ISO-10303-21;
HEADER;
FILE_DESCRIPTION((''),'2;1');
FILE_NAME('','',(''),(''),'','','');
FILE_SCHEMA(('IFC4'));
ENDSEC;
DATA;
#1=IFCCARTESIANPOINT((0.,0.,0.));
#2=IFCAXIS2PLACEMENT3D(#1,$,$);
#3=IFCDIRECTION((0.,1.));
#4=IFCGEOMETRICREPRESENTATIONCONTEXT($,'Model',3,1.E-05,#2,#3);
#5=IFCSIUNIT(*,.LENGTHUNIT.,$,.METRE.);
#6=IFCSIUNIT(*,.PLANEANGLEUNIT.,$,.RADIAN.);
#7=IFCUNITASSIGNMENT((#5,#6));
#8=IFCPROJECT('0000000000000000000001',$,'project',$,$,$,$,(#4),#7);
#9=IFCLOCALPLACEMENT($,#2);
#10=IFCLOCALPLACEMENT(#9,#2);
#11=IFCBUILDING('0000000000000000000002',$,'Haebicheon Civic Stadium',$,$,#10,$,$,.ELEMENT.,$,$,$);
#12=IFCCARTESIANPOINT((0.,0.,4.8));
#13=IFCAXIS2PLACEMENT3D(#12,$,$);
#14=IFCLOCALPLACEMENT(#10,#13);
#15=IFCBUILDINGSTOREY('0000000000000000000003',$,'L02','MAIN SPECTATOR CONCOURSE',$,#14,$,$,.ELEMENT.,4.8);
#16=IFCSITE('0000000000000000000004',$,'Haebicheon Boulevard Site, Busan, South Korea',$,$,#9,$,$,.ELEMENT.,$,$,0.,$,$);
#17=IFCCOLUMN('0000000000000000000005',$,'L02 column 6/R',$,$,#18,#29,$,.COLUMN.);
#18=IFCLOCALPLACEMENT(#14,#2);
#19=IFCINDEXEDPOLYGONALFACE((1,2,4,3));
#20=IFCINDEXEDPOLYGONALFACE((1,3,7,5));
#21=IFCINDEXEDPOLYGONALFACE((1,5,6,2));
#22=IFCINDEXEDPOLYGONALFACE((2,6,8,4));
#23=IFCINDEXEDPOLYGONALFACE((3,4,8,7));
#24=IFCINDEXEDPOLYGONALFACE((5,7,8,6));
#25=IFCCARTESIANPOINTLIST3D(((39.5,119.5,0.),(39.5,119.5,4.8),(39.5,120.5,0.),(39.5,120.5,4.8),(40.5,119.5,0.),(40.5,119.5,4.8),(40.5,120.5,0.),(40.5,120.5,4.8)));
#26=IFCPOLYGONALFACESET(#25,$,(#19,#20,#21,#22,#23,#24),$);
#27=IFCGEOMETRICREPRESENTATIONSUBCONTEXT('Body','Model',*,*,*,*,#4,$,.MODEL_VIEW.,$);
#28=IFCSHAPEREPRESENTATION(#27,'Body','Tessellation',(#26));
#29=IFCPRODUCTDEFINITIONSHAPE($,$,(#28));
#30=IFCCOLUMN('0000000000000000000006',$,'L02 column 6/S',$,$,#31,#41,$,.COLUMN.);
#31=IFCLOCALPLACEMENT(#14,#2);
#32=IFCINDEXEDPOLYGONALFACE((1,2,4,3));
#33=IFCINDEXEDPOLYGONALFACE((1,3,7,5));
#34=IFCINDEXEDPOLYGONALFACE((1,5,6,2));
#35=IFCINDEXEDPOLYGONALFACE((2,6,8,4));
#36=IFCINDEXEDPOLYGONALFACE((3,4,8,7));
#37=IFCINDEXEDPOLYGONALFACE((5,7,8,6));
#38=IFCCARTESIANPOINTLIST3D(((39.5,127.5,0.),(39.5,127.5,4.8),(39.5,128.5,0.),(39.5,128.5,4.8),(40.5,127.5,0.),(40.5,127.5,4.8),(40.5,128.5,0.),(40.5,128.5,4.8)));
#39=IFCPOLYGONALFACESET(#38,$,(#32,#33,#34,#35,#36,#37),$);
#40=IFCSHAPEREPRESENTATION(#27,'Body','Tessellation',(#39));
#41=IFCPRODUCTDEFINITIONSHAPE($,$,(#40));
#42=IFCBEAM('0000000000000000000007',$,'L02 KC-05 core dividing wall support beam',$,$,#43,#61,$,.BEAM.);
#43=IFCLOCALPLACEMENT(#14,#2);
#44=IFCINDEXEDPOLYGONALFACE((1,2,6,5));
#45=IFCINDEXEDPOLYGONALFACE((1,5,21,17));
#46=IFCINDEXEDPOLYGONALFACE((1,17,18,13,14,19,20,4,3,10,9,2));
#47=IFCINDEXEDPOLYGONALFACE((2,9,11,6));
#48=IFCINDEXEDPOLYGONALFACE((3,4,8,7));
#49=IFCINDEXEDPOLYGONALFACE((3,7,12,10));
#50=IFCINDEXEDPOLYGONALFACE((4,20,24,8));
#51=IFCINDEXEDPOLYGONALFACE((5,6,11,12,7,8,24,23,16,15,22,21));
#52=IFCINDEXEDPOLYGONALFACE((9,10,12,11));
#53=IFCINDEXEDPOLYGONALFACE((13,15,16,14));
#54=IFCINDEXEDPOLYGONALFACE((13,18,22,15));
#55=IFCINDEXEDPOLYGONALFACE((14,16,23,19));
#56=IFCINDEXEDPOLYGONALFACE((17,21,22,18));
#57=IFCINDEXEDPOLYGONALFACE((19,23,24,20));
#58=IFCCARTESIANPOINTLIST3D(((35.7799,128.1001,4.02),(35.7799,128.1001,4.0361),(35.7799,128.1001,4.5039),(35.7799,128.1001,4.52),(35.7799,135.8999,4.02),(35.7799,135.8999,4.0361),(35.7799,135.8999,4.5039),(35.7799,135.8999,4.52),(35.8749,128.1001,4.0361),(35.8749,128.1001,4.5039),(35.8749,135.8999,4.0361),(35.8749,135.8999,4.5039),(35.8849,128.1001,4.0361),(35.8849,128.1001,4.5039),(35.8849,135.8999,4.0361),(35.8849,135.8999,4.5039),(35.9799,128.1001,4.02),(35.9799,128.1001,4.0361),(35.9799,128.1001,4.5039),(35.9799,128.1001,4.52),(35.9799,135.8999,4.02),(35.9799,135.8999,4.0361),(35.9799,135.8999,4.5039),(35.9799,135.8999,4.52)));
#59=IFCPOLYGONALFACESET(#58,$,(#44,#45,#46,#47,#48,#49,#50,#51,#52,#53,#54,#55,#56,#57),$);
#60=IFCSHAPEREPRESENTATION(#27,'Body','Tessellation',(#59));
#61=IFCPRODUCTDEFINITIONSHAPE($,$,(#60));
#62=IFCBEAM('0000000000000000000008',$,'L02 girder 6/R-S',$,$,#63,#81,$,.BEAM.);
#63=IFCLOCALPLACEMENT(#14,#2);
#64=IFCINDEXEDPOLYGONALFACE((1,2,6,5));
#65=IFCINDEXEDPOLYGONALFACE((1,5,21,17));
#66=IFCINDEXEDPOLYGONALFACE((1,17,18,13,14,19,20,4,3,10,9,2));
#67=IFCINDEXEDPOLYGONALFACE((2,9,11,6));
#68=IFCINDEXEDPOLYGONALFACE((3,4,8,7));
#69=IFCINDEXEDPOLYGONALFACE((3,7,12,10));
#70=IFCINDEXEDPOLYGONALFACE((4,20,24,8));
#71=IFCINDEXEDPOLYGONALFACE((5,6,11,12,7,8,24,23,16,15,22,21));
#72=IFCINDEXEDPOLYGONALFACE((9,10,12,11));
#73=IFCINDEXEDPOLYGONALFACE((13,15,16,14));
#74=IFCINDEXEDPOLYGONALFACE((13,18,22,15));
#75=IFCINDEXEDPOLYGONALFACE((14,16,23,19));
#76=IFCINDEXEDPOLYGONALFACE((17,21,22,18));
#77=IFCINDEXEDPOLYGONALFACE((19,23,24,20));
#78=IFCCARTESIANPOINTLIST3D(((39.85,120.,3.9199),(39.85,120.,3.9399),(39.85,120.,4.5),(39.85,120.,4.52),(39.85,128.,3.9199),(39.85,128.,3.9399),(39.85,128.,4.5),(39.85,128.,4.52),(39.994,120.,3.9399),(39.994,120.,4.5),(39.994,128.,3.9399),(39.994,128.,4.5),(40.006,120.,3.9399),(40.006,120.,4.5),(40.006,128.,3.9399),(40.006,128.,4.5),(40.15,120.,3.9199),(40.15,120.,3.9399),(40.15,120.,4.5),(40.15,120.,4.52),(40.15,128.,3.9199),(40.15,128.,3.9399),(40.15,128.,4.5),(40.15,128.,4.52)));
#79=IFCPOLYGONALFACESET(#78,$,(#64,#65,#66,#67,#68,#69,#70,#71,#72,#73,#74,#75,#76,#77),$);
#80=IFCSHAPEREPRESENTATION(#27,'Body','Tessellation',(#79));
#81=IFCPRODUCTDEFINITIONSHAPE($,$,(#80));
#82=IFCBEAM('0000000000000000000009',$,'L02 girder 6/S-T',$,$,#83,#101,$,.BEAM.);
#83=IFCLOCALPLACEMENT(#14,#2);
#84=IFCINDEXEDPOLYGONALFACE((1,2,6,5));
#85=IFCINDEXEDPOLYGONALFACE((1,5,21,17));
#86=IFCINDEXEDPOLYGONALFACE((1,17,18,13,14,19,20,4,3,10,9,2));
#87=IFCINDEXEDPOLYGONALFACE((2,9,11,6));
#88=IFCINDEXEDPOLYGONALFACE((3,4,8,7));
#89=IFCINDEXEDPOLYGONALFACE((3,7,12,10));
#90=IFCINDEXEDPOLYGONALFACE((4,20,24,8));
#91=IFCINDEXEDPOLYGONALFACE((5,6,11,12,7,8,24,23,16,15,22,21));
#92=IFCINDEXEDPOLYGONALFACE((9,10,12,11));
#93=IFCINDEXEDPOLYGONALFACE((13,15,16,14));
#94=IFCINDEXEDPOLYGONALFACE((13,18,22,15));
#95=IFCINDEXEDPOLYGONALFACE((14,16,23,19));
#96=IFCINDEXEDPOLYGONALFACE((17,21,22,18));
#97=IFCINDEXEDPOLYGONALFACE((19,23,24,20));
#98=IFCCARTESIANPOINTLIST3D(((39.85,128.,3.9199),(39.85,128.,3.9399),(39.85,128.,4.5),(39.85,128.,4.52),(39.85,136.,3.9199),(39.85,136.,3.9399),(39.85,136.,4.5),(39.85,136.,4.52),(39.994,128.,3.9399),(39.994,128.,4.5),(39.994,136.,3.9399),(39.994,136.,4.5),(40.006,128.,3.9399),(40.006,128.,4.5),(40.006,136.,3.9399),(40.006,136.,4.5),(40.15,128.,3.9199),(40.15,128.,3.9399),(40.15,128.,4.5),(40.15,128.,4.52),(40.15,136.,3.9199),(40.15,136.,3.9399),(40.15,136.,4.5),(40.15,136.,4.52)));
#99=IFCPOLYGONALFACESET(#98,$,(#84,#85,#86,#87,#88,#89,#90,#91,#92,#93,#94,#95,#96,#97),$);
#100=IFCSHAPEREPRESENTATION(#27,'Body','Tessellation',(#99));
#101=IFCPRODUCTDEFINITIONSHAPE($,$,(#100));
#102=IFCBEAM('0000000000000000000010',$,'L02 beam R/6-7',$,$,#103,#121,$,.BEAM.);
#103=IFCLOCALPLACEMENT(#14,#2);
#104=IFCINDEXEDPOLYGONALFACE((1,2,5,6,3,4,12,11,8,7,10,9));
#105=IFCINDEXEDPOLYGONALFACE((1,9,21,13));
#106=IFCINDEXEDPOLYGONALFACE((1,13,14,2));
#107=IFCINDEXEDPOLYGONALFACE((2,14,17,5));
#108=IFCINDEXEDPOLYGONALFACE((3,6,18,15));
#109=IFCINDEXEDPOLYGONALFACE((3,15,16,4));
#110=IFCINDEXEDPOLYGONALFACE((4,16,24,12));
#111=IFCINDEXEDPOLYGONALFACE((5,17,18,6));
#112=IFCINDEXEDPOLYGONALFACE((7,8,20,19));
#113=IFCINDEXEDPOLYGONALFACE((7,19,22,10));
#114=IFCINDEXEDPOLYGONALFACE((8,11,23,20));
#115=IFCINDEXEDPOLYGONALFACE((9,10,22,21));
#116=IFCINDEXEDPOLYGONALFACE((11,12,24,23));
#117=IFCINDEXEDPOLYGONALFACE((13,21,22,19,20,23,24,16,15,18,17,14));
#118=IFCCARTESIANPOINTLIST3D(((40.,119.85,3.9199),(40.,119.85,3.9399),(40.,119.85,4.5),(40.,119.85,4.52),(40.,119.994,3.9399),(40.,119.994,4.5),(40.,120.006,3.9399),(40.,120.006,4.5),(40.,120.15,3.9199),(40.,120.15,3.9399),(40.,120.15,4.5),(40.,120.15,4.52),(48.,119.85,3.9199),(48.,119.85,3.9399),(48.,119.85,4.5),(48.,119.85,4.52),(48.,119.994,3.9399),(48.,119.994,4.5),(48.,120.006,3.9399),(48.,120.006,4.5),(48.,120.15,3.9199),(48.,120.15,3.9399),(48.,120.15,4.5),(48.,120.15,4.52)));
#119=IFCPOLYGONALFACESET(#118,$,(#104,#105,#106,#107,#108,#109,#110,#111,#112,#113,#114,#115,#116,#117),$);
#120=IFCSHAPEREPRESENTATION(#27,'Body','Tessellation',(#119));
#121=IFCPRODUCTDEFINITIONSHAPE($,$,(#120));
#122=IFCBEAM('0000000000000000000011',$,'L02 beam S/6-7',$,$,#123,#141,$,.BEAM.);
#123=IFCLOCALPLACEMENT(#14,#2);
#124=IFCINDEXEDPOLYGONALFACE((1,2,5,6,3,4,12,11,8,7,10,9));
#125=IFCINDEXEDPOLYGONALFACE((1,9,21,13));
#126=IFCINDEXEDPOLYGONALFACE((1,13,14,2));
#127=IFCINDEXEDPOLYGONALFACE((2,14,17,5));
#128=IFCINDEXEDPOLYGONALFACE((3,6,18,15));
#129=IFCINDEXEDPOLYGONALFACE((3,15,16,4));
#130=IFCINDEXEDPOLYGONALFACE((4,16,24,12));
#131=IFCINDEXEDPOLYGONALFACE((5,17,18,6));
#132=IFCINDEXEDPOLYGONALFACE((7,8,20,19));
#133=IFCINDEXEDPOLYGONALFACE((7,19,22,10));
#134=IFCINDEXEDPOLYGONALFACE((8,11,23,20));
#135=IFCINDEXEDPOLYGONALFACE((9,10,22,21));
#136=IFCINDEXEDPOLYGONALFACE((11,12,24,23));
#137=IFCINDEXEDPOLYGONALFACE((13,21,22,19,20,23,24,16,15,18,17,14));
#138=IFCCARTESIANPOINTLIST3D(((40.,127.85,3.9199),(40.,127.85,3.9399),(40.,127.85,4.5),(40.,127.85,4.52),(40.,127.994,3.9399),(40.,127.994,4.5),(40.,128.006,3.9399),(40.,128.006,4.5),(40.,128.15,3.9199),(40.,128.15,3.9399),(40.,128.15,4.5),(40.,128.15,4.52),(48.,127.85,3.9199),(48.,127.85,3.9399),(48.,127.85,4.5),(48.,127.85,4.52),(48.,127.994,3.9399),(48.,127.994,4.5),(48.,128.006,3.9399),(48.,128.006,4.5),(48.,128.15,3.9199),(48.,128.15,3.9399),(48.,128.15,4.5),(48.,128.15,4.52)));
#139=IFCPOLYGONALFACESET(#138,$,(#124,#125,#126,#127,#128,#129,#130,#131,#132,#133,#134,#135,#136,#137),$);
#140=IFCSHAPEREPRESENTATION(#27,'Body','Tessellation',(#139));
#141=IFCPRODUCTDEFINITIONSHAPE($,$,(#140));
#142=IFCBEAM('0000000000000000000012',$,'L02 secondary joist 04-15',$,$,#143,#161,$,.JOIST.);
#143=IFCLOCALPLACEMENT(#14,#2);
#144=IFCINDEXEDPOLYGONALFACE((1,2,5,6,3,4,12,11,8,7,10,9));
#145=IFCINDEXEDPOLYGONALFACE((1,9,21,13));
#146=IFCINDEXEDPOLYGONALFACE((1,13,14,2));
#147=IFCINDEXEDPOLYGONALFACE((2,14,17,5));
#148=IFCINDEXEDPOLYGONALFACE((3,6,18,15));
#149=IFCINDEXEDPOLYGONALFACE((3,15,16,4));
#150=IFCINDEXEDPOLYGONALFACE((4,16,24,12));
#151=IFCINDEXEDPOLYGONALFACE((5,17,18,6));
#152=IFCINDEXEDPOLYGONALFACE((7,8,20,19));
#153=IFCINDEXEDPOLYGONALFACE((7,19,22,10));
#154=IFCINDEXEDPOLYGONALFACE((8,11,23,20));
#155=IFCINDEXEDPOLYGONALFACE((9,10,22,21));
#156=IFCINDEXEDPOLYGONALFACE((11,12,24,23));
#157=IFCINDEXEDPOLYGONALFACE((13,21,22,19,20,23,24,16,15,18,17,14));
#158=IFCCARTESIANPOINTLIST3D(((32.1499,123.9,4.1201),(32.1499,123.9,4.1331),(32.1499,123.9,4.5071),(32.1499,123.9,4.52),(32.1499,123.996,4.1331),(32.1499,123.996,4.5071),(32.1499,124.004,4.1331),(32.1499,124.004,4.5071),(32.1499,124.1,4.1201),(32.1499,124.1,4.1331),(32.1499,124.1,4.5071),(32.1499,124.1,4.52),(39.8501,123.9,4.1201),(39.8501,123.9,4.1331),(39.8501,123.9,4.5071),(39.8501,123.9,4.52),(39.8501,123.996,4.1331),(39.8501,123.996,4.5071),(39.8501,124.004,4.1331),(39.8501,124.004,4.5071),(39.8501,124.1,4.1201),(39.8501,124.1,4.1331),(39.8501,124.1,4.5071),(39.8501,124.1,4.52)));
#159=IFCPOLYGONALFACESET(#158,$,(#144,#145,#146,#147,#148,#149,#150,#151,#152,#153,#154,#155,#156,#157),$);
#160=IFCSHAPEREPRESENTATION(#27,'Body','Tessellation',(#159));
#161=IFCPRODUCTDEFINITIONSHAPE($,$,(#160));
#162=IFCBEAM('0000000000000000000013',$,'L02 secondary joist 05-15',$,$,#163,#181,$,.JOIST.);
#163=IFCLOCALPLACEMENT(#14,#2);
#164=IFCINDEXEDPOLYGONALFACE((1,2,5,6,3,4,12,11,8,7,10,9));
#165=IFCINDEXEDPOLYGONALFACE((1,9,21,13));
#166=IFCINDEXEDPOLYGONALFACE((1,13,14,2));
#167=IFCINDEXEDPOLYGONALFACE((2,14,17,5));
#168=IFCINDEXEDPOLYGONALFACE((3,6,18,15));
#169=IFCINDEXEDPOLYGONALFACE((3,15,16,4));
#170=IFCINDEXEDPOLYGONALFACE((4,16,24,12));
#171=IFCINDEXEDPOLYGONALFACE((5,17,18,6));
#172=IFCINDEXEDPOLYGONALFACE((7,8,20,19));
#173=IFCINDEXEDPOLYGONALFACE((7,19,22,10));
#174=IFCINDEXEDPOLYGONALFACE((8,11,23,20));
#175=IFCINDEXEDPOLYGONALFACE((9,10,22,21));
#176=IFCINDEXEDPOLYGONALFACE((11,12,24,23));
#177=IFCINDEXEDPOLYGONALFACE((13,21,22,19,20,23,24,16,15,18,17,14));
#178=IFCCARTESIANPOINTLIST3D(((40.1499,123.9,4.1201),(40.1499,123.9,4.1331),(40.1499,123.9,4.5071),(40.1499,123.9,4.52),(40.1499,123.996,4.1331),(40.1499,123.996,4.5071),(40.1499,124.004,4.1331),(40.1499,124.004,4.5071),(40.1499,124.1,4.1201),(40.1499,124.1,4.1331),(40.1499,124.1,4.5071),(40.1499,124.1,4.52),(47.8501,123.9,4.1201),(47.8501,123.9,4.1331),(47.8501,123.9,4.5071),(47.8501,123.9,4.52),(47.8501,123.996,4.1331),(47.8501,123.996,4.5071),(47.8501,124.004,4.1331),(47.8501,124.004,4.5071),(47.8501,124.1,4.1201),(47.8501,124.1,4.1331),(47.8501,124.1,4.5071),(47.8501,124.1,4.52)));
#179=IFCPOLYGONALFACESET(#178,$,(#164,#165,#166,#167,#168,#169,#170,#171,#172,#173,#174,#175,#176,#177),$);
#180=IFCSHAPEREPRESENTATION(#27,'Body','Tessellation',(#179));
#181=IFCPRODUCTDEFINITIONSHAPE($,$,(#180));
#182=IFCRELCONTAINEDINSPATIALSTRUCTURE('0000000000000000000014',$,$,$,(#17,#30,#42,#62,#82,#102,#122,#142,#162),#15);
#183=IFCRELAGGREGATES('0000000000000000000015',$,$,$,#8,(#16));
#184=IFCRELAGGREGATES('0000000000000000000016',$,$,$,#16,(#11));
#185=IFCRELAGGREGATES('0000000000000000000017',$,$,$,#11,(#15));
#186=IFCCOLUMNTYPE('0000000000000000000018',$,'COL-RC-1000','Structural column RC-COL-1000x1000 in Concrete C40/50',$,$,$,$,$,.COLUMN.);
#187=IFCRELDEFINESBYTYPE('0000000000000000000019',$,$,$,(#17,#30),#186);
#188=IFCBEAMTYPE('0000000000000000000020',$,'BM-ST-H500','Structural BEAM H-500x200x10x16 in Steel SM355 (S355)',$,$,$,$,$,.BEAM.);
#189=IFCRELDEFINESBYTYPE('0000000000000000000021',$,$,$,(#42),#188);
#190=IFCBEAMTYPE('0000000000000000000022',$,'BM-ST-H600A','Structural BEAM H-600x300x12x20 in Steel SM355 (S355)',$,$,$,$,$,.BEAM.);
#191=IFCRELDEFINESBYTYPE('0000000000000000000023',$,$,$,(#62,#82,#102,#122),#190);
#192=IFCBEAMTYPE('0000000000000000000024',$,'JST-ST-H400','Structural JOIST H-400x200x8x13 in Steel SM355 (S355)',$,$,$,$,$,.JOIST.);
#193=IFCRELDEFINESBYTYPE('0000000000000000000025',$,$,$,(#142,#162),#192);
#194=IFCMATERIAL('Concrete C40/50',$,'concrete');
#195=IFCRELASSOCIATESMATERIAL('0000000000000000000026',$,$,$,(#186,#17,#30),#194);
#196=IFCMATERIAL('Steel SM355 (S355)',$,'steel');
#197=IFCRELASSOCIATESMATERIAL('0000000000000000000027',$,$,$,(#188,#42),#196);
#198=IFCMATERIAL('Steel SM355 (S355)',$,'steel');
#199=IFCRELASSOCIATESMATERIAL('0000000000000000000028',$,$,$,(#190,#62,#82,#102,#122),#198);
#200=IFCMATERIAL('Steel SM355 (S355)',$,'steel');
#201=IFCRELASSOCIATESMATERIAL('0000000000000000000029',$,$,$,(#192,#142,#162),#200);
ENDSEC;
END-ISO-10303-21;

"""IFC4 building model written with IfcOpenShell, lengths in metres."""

from ifc_helpers import new_model, si_unit, direction, frame, origin, origin_2d, place, context, subcontext, project, spatial, rectangle, i_section, extrude, material, material_profile, profile_set, type_object, element, save


model = new_model("IFC4")

# Units and contexts
model_context = context("Model", 3, precision=1e-05, world=origin(), true_north=direction((0.0, 1.0)))
body_context = subcontext(model_context, "Body", "Model", "MODEL_VIEW")
ifc_project = project(units=[si_unit("LENGTHUNIT", "METRE"), si_unit("PLANEANGLEUNIT", "RADIAN")], contexts=[model_context])

# Site, building, storey
site_placement = place(None, origin())
site = spatial("IfcSite", under=ifc_project, at=site_placement, Name="Haebicheon Boulevard Site, Busan, South Korea", CompositionType="ELEMENT", RefElevation=0.0)
building_placement = place(site_placement, origin())
building = spatial("IfcBuilding", under=site, at=building_placement, Name="Haebicheon Civic Stadium", CompositionType="ELEMENT")
storey_placement = place(building_placement, frame((0.0, 0.0, 4.8)))
storey = spatial("IfcBuildingStorey", under=building, at=storey_placement, Name="L02", Description="MAIN SPECTATOR CONCOURSE", CompositionType="ELEMENT", Elevation=4.8)

# Columns
ifc_material_1 = material(Name="Concrete C40/50", Category="concrete")
ifc_material_profile_1 = material_profile(ifc_material_1, rectangle(XDim=1.0, YDim=1.0, at=origin_2d()), Name="RC-COL-1000x1000")
ifc_profile_set_1 = profile_set([ifc_material_profile_1], Name="Concrete C40/50")
column_type = type_object("IfcColumnType", Name="COL-RC-1000", Description="Structural column RC-COL-1000x1000 in Concrete C40/50", PredefinedType="COLUMN", material=ifc_profile_set_1)
for number, where, z_axis, x_axis, name in (
    (1, (40.0, 120.0, 0.0), (0.0, 0.0, 1.0), (1.0, 0.0, 0.0), "L02 column 6/R"),
    (2, (40.0, 128.0, 0.0), (0.0, 0.0, 1.0), (1.0, 0.0, 0.0), "L02 column 6/S"),
):
    element("IfcColumn", number, at=place(storey_placement, frame(where, z_axis=z_axis, x_axis=x_axis)), inside=storey, type_object=column_type, material=ifc_profile_set_1, Name=name, PredefinedType="COLUMN", context=body_context, shape_type="SweptSolid", body=[
        extrude(rectangle(XDim=1.0, YDim=1.0, at=origin_2d()), origin(), (0.0, 0.0, 1.0), 4.8),
    ])

# Beams
ifc_material_2 = material(Name="Steel SM355 (S355)", Category="steel")
ifc_material_profile_2 = material_profile(ifc_material_2, i_section(OverallWidth=0.2, OverallDepth=0.5, WebThickness=0.01, FlangeThickness=0.0161, at=origin_2d()), Name="H-500x200x10x16")
ifc_profile_set_2 = profile_set([ifc_material_profile_2], Name="Steel SM355 (S355)")
beam_type_1 = type_object("IfcBeamType", Name="BM-ST-H500", Description="Structural BEAM H-500x200x10x16 in Steel SM355 (S355)", PredefinedType="BEAM", material=ifc_profile_set_2)
beam_placement = place(storey_placement, frame((35.8799, 128.1001, 4.27), z_axis=(0.0, 1.0, 0.0), x_axis=(-1.0, 0.0, 0.0)))
element("IfcBeam", 3, at=beam_placement, inside=storey, type_object=beam_type_1, material=ifc_profile_set_2, Name="L02 KC-05 core dividing wall support beam", PredefinedType="BEAM", context=body_context, shape_type="SweptSolid", body=[
    extrude(i_section(OverallWidth=0.2, OverallDepth=0.5, WebThickness=0.01, FlangeThickness=0.0161, at=origin_2d()), origin(), (0.0, 0.0, 1.0), 7.7998),
])
ifc_material_3 = material(Name="Steel SM355 (S355)", Category="steel")
ifc_material_profile_3 = material_profile(ifc_material_3, i_section(OverallWidth=0.3, OverallDepth=0.6001, WebThickness=0.012, FlangeThickness=0.02, at=origin_2d()), Name="H-600x300x12x20")
ifc_profile_set_3 = profile_set([ifc_material_profile_3], Name="Steel SM355 (S355)")
beam_type_2 = type_object("IfcBeamType", Name="BM-ST-H600A", Description="Structural BEAM H-600x300x12x20 in Steel SM355 (S355)", PredefinedType="BEAM", material=ifc_profile_set_3)
for number, where, z_axis, x_axis, name in (
    (4, (40.0, 120.0, 4.22), (0.0, 1.0, 0.0), (-1.0, 0.0, 0.0), "L02 girder 6/R-S"),
    (5, (40.0, 128.0, 4.22), (0.0, 1.0, 0.0), (-1.0, 0.0, 0.0), "L02 girder 6/S-T"),
    (6, (40.0, 120.0, 4.22), (1.0, 0.0, 0.0), (0.0, 1.0, 0.0), "L02 beam R/6-7"),
    (7, (40.0, 128.0, 4.22), (1.0, 0.0, 0.0), (0.0, 1.0, 0.0), "L02 beam S/6-7"),
):
    element("IfcBeam", number, at=place(storey_placement, frame(where, z_axis=z_axis, x_axis=x_axis)), inside=storey, type_object=beam_type_2, material=ifc_profile_set_3, Name=name, PredefinedType="BEAM", context=body_context, shape_type="SweptSolid", body=[
        extrude(i_section(OverallWidth=0.3, OverallDepth=0.6001, WebThickness=0.012, FlangeThickness=0.02, at=origin_2d()), origin(), (0.0, 0.0, 1.0), 8.0),
    ])
ifc_material_4 = material(Name="Steel SM355 (S355)", Category="steel")
ifc_material_profile_4 = material_profile(ifc_material_4, i_section(OverallWidth=0.2, OverallDepth=0.3999, WebThickness=0.0081, FlangeThickness=0.0129, at=origin_2d()), Name="H-400x200x8x13")
ifc_profile_set_4 = profile_set([ifc_material_profile_4], Name="Steel SM355 (S355)")
beam_type_3 = type_object("IfcBeamType", Name="JST-ST-H400", Description="Structural JOIST H-400x200x8x13 in Steel SM355 (S355)", PredefinedType="JOIST", material=ifc_profile_set_4)
for number, where, z_axis, x_axis, name in (
    (8, (32.1499, 124.0, 4.3201), (1.0, 0.0, 0.0), (0.0, 1.0, 0.0), "L02 secondary joist 04-15"),
    (9, (40.1499, 124.0, 4.3201), (1.0, 0.0, 0.0), (0.0, 1.0, 0.0), "L02 secondary joist 05-15"),
):
    element("IfcBeam", number, at=place(storey_placement, frame(where, z_axis=z_axis, x_axis=x_axis)), inside=storey, type_object=beam_type_3, material=ifc_profile_set_4, Name=name, PredefinedType="JOIST", context=body_context, shape_type="SweptSolid", body=[
        extrude(i_section(OverallWidth=0.2, OverallDepth=0.3999, WebThickness=0.0081, FlangeThickness=0.0129, at=origin_2d()), origin(), (0.0, 0.0, 1.0), 7.7002),
    ])

save(model, "model.ifc")
